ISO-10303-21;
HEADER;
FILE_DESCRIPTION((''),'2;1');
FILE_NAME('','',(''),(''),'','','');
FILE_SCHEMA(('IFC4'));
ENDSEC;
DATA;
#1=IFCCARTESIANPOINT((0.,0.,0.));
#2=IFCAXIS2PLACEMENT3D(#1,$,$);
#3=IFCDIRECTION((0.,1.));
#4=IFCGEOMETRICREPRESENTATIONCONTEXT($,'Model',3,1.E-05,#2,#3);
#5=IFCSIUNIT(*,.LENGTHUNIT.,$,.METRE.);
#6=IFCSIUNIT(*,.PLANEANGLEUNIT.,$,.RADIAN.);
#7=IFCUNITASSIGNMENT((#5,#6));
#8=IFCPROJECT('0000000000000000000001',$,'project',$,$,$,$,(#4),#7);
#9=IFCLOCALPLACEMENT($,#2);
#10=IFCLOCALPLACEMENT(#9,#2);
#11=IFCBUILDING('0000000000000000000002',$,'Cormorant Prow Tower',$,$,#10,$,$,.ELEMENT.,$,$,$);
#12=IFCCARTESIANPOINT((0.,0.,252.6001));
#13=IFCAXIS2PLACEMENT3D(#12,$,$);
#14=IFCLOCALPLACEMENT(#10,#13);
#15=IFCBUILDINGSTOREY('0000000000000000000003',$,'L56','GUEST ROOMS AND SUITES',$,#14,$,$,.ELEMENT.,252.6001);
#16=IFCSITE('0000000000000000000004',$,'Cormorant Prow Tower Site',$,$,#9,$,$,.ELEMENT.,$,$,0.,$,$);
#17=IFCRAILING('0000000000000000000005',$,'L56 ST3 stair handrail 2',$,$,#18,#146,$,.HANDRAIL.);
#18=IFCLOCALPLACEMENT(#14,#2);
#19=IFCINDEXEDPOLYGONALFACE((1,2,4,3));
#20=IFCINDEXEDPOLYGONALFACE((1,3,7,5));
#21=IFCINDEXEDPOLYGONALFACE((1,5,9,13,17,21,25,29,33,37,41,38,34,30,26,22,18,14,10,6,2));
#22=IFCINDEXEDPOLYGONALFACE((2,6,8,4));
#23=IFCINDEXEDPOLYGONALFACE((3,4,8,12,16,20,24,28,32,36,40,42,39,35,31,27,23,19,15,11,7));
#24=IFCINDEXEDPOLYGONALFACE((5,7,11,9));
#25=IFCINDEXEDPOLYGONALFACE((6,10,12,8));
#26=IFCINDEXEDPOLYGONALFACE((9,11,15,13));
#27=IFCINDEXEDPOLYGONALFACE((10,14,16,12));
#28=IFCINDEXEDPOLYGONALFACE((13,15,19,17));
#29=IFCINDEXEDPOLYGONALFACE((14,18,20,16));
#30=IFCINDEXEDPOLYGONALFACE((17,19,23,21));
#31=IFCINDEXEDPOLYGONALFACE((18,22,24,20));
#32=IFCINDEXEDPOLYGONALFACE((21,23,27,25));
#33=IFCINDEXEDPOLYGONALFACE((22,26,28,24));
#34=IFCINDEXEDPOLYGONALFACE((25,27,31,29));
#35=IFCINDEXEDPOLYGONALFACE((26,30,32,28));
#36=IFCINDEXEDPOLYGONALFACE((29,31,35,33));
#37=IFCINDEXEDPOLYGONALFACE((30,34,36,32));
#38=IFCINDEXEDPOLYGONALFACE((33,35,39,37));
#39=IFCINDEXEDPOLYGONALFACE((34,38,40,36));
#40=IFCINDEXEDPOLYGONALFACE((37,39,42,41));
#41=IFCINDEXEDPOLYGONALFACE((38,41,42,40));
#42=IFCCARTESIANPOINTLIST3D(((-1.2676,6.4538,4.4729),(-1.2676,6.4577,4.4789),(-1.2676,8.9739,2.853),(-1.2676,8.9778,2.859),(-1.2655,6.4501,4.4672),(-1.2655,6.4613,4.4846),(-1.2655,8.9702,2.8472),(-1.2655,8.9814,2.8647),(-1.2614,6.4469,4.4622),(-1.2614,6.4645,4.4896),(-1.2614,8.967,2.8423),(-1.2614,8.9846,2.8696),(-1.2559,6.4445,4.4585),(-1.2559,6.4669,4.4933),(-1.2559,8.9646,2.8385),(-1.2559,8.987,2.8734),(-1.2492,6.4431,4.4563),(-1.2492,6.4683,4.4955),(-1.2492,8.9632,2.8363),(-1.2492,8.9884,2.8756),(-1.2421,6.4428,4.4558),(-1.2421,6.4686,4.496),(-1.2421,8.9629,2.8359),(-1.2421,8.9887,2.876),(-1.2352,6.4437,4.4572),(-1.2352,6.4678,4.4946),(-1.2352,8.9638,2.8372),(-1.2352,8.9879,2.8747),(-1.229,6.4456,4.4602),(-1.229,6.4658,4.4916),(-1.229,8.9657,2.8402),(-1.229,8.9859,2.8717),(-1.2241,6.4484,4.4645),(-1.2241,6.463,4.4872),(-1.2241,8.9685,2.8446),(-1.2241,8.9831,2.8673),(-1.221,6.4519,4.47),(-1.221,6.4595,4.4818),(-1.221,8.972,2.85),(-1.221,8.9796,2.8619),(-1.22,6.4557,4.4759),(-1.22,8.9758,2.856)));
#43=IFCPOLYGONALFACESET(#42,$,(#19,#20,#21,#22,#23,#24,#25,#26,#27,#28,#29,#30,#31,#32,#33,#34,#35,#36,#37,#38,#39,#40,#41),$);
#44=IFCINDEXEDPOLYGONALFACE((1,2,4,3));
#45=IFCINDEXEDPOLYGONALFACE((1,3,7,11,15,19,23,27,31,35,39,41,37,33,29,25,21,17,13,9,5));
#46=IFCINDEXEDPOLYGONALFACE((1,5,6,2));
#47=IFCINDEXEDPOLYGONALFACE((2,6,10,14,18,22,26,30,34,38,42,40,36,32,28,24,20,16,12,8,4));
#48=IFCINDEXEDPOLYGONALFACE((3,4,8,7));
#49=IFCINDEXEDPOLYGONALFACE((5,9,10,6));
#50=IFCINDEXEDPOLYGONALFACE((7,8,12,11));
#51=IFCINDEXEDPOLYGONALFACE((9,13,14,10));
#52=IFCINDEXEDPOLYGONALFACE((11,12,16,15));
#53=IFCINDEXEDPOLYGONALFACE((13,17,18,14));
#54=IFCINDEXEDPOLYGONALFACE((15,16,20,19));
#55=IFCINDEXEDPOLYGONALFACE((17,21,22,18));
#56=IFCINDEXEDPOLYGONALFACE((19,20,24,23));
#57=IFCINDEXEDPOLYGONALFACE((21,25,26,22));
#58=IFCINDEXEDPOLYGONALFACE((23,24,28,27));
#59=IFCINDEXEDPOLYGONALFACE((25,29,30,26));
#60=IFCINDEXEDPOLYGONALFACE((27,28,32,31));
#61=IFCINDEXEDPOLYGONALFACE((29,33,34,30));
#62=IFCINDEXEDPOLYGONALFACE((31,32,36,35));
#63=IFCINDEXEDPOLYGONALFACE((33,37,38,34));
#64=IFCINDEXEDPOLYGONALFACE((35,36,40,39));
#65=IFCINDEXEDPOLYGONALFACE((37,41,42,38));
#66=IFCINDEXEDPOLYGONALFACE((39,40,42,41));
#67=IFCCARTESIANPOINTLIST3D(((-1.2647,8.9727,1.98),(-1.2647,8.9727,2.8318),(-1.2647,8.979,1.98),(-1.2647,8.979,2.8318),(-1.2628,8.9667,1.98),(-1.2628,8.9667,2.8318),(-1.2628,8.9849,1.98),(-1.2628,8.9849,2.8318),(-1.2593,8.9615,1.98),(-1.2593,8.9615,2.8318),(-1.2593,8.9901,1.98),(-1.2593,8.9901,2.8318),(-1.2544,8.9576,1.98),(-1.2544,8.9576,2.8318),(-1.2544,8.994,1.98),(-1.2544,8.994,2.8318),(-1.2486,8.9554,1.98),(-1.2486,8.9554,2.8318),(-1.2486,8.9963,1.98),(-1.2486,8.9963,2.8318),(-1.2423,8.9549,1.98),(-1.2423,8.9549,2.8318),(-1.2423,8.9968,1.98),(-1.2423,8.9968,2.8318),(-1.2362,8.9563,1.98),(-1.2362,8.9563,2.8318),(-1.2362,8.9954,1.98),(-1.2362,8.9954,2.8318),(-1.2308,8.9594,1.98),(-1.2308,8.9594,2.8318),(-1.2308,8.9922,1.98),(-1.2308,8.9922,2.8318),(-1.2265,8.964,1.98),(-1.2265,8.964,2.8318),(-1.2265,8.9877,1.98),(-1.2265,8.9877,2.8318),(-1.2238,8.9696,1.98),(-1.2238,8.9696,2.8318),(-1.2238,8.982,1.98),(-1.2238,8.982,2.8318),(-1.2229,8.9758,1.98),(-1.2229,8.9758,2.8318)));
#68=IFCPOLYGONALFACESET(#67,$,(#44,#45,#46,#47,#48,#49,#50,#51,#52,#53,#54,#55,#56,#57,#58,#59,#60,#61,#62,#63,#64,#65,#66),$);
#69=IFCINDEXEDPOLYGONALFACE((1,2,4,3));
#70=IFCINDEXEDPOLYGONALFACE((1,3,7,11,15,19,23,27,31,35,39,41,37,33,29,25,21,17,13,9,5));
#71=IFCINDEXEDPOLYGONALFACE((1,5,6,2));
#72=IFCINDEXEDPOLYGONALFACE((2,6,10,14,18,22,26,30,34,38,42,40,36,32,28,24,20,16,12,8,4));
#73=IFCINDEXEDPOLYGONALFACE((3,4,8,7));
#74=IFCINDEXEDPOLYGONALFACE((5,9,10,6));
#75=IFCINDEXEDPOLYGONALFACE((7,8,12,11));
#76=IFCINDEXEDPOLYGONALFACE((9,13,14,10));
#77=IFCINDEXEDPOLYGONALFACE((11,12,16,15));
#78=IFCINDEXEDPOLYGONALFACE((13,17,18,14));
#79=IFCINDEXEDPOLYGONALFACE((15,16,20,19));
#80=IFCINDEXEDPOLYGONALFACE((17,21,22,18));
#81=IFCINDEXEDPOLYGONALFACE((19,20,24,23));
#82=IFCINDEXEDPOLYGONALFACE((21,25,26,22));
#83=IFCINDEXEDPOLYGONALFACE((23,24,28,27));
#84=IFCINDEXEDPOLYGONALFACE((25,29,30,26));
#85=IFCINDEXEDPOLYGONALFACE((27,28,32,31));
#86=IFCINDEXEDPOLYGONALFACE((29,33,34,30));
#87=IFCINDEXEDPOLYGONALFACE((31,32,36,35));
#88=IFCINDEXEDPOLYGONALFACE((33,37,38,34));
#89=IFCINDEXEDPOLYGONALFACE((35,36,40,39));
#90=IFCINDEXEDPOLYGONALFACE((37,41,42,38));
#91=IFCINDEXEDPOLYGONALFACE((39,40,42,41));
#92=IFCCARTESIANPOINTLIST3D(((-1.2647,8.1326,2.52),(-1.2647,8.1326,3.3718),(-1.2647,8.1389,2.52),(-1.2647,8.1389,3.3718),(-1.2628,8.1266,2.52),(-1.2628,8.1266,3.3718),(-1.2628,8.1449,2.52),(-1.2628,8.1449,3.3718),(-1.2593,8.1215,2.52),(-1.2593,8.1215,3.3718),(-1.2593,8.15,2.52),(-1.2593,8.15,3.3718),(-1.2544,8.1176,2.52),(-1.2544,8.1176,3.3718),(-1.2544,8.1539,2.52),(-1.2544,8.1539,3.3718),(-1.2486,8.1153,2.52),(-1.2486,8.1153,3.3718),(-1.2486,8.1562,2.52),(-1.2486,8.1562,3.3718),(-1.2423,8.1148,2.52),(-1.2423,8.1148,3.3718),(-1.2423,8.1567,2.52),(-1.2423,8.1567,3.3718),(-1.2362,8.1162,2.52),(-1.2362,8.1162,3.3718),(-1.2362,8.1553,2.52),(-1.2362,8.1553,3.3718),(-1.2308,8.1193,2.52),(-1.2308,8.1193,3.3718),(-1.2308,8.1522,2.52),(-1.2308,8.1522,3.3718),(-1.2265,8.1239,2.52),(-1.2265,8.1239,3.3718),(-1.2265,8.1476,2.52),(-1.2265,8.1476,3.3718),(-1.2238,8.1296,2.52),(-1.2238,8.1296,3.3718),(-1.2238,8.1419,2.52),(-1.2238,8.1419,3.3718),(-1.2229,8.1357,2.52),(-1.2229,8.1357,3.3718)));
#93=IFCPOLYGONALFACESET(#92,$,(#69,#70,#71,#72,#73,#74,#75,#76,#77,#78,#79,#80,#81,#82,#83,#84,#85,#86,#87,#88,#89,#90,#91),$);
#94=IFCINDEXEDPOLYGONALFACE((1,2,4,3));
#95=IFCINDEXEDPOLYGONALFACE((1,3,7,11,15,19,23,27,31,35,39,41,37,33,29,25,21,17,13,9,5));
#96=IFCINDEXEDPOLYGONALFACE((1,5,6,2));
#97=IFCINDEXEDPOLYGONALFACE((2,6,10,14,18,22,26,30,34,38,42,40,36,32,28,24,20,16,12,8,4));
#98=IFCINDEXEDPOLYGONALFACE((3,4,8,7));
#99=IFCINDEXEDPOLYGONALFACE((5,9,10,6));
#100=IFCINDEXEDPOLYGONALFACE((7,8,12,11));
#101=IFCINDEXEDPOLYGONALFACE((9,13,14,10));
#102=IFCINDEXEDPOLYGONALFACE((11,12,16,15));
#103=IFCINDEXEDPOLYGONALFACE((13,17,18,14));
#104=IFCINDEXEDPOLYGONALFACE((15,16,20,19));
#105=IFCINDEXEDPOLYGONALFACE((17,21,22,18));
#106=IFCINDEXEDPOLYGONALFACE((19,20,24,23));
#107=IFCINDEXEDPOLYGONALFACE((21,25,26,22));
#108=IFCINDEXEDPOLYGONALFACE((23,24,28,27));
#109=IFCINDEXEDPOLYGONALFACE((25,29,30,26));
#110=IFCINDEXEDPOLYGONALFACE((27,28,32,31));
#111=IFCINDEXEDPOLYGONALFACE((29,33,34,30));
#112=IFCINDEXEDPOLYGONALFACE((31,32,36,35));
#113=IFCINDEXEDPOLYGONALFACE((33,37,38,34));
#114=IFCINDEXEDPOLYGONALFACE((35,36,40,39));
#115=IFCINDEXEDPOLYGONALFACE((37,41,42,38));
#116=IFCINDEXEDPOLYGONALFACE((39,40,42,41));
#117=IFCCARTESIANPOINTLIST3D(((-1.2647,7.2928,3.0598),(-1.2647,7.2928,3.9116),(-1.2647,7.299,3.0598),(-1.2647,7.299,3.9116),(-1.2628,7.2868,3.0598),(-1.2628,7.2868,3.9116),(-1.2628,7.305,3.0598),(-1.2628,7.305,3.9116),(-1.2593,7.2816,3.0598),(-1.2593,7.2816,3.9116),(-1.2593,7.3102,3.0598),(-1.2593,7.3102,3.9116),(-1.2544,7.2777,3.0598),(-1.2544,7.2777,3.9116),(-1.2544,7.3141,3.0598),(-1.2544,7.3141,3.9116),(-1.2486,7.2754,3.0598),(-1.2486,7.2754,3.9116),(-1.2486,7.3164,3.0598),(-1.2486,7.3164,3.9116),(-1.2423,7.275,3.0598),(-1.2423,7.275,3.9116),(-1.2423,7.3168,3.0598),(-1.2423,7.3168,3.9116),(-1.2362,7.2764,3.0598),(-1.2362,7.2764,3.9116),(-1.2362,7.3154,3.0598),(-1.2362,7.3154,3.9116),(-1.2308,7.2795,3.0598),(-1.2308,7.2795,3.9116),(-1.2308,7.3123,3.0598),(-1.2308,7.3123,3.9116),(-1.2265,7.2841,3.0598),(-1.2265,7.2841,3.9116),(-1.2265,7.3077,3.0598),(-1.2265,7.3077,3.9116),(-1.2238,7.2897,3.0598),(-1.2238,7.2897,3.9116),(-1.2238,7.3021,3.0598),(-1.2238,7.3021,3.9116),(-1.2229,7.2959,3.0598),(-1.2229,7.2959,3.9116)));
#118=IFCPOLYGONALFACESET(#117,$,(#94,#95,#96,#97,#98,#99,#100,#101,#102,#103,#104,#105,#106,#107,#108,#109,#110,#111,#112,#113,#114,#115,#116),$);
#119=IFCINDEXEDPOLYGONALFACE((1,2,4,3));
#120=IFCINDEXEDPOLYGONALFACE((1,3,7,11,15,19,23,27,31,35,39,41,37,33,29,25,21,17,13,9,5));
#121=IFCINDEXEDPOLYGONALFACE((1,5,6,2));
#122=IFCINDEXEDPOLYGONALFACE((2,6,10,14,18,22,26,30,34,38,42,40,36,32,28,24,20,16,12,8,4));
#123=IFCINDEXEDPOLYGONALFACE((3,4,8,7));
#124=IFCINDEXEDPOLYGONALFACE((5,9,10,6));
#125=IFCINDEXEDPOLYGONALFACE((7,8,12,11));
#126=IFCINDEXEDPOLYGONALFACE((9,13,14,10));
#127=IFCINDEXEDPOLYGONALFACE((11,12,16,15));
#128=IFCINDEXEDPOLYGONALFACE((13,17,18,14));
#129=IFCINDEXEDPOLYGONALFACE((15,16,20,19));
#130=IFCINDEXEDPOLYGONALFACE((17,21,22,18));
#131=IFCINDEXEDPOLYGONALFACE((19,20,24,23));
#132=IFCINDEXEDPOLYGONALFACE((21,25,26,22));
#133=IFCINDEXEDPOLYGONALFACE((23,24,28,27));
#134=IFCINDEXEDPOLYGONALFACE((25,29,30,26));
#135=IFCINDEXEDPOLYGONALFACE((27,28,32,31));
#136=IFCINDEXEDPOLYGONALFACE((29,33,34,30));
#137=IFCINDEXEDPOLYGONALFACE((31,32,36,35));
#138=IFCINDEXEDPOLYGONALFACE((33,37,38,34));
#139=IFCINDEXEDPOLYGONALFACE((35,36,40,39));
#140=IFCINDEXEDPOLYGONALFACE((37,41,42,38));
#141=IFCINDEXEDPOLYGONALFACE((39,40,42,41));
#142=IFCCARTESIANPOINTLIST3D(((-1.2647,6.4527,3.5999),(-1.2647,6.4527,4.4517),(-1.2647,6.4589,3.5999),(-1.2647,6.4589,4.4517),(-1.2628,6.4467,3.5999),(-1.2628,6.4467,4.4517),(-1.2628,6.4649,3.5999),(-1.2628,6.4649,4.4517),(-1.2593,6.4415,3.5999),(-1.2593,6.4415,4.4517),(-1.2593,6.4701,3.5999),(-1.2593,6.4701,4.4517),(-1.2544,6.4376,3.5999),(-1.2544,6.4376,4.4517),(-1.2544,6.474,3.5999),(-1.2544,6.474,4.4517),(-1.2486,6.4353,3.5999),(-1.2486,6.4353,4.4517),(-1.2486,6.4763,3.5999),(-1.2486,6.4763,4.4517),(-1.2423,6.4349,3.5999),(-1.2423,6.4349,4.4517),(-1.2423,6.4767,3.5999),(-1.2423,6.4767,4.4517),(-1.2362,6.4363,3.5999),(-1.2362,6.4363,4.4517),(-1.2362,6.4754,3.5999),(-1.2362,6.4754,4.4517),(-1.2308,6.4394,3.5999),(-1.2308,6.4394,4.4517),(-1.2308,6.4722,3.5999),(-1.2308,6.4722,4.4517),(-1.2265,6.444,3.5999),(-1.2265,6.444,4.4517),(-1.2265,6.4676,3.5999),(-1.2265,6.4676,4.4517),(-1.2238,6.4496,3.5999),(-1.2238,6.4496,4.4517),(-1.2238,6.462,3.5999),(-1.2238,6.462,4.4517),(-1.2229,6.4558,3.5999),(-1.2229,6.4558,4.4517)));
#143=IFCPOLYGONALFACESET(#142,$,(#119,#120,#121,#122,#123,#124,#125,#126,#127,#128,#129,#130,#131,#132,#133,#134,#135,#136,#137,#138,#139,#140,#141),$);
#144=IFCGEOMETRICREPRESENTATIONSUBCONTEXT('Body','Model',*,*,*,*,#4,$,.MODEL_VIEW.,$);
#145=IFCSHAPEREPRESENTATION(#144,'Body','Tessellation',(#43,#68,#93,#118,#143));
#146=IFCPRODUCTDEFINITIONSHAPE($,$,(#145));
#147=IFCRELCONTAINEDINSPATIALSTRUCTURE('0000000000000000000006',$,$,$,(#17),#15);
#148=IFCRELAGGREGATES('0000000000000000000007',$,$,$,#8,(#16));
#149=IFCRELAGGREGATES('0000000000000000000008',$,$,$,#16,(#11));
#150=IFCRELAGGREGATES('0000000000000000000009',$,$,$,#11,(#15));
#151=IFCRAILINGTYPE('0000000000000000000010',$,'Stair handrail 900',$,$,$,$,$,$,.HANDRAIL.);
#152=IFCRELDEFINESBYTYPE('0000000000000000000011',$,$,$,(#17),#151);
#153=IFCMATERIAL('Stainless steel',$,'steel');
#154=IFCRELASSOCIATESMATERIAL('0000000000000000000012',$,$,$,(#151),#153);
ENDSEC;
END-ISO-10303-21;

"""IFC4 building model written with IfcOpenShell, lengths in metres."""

from ifc_helpers import new_model, si_unit, direction, frame, origin, origin_2d, place, context, subcontext, project, spatial, circle, extrude, material, type_object, element, save


model = new_model("IFC4")

# Units and contexts
model_context = context("Model", 3, precision=1e-05, world=origin(), true_north=direction((0.0, 1.0)))
body_context = subcontext(model_context, "Body", "Model", "MODEL_VIEW")
ifc_project = project(units=[si_unit("LENGTHUNIT", "METRE"), si_unit("PLANEANGLEUNIT", "RADIAN")], contexts=[model_context])

# Site, building, storey
site_placement = place(None, origin())
site = spatial("IfcSite", under=ifc_project, at=site_placement, Name="Cormorant Prow Tower Site", CompositionType="ELEMENT", RefElevation=0.0)
building_placement = place(site_placement, origin())
building = spatial("IfcBuilding", under=site, at=building_placement, Name="Cormorant Prow Tower", CompositionType="ELEMENT")
storey_placement = place(building_placement, frame((0.0, 0.0, 252.6001)))
storey = spatial("IfcBuildingStorey", under=building, at=storey_placement, Name="L56", Description="GUEST ROOMS AND SUITES", CompositionType="ELEMENT", Elevation=252.6001)

# Railing
ifc_material_1 = material(Name="Stainless steel", Category="steel")
railing_type = type_object("IfcRailingType", Name="Stair handrail 900", PredefinedType="HANDRAIL", material=ifc_material_1)
railing_placement = place(storey_placement, frame((-1.2439, 8.9758, 1.98)))
element("IfcRailing", 1, at=railing_placement, inside=storey, type_object=railing_type, Name="L56 ST3 stair handrail 2", PredefinedType="HANDRAIL", context=body_context, shape_type="SweptSolid", body=[
    extrude(circle(Radius=0.0239, at=origin_2d()), frame((0.0, 0.0, 0.876), z_axis=(0.0, -0.8412, 0.540725), x_axis=(1.0, 0.0, 0.0)), (0.0, 0.0, 1.0), 2.9958),
    extrude(circle(Radius=0.021, at=origin_2d()), origin(), (0.0, 0.0, 1.0), 0.8518),
    extrude(circle(Radius=0.021, at=origin_2d()), frame((0.0, -0.8401, 0.54)), (0.0, 0.0, 1.0), 0.8518),
    extrude(circle(Radius=0.021, at=origin_2d()), frame((0.0, -1.6799, 1.0798)), (0.0, 0.0, 1.0), 0.8518),
    extrude(circle(Radius=0.021, at=origin_2d()), frame((0.0, -2.52, 1.6199)), (0.0, 0.0, 1.0), 0.8518),
])

save(model, "model.ifc")
